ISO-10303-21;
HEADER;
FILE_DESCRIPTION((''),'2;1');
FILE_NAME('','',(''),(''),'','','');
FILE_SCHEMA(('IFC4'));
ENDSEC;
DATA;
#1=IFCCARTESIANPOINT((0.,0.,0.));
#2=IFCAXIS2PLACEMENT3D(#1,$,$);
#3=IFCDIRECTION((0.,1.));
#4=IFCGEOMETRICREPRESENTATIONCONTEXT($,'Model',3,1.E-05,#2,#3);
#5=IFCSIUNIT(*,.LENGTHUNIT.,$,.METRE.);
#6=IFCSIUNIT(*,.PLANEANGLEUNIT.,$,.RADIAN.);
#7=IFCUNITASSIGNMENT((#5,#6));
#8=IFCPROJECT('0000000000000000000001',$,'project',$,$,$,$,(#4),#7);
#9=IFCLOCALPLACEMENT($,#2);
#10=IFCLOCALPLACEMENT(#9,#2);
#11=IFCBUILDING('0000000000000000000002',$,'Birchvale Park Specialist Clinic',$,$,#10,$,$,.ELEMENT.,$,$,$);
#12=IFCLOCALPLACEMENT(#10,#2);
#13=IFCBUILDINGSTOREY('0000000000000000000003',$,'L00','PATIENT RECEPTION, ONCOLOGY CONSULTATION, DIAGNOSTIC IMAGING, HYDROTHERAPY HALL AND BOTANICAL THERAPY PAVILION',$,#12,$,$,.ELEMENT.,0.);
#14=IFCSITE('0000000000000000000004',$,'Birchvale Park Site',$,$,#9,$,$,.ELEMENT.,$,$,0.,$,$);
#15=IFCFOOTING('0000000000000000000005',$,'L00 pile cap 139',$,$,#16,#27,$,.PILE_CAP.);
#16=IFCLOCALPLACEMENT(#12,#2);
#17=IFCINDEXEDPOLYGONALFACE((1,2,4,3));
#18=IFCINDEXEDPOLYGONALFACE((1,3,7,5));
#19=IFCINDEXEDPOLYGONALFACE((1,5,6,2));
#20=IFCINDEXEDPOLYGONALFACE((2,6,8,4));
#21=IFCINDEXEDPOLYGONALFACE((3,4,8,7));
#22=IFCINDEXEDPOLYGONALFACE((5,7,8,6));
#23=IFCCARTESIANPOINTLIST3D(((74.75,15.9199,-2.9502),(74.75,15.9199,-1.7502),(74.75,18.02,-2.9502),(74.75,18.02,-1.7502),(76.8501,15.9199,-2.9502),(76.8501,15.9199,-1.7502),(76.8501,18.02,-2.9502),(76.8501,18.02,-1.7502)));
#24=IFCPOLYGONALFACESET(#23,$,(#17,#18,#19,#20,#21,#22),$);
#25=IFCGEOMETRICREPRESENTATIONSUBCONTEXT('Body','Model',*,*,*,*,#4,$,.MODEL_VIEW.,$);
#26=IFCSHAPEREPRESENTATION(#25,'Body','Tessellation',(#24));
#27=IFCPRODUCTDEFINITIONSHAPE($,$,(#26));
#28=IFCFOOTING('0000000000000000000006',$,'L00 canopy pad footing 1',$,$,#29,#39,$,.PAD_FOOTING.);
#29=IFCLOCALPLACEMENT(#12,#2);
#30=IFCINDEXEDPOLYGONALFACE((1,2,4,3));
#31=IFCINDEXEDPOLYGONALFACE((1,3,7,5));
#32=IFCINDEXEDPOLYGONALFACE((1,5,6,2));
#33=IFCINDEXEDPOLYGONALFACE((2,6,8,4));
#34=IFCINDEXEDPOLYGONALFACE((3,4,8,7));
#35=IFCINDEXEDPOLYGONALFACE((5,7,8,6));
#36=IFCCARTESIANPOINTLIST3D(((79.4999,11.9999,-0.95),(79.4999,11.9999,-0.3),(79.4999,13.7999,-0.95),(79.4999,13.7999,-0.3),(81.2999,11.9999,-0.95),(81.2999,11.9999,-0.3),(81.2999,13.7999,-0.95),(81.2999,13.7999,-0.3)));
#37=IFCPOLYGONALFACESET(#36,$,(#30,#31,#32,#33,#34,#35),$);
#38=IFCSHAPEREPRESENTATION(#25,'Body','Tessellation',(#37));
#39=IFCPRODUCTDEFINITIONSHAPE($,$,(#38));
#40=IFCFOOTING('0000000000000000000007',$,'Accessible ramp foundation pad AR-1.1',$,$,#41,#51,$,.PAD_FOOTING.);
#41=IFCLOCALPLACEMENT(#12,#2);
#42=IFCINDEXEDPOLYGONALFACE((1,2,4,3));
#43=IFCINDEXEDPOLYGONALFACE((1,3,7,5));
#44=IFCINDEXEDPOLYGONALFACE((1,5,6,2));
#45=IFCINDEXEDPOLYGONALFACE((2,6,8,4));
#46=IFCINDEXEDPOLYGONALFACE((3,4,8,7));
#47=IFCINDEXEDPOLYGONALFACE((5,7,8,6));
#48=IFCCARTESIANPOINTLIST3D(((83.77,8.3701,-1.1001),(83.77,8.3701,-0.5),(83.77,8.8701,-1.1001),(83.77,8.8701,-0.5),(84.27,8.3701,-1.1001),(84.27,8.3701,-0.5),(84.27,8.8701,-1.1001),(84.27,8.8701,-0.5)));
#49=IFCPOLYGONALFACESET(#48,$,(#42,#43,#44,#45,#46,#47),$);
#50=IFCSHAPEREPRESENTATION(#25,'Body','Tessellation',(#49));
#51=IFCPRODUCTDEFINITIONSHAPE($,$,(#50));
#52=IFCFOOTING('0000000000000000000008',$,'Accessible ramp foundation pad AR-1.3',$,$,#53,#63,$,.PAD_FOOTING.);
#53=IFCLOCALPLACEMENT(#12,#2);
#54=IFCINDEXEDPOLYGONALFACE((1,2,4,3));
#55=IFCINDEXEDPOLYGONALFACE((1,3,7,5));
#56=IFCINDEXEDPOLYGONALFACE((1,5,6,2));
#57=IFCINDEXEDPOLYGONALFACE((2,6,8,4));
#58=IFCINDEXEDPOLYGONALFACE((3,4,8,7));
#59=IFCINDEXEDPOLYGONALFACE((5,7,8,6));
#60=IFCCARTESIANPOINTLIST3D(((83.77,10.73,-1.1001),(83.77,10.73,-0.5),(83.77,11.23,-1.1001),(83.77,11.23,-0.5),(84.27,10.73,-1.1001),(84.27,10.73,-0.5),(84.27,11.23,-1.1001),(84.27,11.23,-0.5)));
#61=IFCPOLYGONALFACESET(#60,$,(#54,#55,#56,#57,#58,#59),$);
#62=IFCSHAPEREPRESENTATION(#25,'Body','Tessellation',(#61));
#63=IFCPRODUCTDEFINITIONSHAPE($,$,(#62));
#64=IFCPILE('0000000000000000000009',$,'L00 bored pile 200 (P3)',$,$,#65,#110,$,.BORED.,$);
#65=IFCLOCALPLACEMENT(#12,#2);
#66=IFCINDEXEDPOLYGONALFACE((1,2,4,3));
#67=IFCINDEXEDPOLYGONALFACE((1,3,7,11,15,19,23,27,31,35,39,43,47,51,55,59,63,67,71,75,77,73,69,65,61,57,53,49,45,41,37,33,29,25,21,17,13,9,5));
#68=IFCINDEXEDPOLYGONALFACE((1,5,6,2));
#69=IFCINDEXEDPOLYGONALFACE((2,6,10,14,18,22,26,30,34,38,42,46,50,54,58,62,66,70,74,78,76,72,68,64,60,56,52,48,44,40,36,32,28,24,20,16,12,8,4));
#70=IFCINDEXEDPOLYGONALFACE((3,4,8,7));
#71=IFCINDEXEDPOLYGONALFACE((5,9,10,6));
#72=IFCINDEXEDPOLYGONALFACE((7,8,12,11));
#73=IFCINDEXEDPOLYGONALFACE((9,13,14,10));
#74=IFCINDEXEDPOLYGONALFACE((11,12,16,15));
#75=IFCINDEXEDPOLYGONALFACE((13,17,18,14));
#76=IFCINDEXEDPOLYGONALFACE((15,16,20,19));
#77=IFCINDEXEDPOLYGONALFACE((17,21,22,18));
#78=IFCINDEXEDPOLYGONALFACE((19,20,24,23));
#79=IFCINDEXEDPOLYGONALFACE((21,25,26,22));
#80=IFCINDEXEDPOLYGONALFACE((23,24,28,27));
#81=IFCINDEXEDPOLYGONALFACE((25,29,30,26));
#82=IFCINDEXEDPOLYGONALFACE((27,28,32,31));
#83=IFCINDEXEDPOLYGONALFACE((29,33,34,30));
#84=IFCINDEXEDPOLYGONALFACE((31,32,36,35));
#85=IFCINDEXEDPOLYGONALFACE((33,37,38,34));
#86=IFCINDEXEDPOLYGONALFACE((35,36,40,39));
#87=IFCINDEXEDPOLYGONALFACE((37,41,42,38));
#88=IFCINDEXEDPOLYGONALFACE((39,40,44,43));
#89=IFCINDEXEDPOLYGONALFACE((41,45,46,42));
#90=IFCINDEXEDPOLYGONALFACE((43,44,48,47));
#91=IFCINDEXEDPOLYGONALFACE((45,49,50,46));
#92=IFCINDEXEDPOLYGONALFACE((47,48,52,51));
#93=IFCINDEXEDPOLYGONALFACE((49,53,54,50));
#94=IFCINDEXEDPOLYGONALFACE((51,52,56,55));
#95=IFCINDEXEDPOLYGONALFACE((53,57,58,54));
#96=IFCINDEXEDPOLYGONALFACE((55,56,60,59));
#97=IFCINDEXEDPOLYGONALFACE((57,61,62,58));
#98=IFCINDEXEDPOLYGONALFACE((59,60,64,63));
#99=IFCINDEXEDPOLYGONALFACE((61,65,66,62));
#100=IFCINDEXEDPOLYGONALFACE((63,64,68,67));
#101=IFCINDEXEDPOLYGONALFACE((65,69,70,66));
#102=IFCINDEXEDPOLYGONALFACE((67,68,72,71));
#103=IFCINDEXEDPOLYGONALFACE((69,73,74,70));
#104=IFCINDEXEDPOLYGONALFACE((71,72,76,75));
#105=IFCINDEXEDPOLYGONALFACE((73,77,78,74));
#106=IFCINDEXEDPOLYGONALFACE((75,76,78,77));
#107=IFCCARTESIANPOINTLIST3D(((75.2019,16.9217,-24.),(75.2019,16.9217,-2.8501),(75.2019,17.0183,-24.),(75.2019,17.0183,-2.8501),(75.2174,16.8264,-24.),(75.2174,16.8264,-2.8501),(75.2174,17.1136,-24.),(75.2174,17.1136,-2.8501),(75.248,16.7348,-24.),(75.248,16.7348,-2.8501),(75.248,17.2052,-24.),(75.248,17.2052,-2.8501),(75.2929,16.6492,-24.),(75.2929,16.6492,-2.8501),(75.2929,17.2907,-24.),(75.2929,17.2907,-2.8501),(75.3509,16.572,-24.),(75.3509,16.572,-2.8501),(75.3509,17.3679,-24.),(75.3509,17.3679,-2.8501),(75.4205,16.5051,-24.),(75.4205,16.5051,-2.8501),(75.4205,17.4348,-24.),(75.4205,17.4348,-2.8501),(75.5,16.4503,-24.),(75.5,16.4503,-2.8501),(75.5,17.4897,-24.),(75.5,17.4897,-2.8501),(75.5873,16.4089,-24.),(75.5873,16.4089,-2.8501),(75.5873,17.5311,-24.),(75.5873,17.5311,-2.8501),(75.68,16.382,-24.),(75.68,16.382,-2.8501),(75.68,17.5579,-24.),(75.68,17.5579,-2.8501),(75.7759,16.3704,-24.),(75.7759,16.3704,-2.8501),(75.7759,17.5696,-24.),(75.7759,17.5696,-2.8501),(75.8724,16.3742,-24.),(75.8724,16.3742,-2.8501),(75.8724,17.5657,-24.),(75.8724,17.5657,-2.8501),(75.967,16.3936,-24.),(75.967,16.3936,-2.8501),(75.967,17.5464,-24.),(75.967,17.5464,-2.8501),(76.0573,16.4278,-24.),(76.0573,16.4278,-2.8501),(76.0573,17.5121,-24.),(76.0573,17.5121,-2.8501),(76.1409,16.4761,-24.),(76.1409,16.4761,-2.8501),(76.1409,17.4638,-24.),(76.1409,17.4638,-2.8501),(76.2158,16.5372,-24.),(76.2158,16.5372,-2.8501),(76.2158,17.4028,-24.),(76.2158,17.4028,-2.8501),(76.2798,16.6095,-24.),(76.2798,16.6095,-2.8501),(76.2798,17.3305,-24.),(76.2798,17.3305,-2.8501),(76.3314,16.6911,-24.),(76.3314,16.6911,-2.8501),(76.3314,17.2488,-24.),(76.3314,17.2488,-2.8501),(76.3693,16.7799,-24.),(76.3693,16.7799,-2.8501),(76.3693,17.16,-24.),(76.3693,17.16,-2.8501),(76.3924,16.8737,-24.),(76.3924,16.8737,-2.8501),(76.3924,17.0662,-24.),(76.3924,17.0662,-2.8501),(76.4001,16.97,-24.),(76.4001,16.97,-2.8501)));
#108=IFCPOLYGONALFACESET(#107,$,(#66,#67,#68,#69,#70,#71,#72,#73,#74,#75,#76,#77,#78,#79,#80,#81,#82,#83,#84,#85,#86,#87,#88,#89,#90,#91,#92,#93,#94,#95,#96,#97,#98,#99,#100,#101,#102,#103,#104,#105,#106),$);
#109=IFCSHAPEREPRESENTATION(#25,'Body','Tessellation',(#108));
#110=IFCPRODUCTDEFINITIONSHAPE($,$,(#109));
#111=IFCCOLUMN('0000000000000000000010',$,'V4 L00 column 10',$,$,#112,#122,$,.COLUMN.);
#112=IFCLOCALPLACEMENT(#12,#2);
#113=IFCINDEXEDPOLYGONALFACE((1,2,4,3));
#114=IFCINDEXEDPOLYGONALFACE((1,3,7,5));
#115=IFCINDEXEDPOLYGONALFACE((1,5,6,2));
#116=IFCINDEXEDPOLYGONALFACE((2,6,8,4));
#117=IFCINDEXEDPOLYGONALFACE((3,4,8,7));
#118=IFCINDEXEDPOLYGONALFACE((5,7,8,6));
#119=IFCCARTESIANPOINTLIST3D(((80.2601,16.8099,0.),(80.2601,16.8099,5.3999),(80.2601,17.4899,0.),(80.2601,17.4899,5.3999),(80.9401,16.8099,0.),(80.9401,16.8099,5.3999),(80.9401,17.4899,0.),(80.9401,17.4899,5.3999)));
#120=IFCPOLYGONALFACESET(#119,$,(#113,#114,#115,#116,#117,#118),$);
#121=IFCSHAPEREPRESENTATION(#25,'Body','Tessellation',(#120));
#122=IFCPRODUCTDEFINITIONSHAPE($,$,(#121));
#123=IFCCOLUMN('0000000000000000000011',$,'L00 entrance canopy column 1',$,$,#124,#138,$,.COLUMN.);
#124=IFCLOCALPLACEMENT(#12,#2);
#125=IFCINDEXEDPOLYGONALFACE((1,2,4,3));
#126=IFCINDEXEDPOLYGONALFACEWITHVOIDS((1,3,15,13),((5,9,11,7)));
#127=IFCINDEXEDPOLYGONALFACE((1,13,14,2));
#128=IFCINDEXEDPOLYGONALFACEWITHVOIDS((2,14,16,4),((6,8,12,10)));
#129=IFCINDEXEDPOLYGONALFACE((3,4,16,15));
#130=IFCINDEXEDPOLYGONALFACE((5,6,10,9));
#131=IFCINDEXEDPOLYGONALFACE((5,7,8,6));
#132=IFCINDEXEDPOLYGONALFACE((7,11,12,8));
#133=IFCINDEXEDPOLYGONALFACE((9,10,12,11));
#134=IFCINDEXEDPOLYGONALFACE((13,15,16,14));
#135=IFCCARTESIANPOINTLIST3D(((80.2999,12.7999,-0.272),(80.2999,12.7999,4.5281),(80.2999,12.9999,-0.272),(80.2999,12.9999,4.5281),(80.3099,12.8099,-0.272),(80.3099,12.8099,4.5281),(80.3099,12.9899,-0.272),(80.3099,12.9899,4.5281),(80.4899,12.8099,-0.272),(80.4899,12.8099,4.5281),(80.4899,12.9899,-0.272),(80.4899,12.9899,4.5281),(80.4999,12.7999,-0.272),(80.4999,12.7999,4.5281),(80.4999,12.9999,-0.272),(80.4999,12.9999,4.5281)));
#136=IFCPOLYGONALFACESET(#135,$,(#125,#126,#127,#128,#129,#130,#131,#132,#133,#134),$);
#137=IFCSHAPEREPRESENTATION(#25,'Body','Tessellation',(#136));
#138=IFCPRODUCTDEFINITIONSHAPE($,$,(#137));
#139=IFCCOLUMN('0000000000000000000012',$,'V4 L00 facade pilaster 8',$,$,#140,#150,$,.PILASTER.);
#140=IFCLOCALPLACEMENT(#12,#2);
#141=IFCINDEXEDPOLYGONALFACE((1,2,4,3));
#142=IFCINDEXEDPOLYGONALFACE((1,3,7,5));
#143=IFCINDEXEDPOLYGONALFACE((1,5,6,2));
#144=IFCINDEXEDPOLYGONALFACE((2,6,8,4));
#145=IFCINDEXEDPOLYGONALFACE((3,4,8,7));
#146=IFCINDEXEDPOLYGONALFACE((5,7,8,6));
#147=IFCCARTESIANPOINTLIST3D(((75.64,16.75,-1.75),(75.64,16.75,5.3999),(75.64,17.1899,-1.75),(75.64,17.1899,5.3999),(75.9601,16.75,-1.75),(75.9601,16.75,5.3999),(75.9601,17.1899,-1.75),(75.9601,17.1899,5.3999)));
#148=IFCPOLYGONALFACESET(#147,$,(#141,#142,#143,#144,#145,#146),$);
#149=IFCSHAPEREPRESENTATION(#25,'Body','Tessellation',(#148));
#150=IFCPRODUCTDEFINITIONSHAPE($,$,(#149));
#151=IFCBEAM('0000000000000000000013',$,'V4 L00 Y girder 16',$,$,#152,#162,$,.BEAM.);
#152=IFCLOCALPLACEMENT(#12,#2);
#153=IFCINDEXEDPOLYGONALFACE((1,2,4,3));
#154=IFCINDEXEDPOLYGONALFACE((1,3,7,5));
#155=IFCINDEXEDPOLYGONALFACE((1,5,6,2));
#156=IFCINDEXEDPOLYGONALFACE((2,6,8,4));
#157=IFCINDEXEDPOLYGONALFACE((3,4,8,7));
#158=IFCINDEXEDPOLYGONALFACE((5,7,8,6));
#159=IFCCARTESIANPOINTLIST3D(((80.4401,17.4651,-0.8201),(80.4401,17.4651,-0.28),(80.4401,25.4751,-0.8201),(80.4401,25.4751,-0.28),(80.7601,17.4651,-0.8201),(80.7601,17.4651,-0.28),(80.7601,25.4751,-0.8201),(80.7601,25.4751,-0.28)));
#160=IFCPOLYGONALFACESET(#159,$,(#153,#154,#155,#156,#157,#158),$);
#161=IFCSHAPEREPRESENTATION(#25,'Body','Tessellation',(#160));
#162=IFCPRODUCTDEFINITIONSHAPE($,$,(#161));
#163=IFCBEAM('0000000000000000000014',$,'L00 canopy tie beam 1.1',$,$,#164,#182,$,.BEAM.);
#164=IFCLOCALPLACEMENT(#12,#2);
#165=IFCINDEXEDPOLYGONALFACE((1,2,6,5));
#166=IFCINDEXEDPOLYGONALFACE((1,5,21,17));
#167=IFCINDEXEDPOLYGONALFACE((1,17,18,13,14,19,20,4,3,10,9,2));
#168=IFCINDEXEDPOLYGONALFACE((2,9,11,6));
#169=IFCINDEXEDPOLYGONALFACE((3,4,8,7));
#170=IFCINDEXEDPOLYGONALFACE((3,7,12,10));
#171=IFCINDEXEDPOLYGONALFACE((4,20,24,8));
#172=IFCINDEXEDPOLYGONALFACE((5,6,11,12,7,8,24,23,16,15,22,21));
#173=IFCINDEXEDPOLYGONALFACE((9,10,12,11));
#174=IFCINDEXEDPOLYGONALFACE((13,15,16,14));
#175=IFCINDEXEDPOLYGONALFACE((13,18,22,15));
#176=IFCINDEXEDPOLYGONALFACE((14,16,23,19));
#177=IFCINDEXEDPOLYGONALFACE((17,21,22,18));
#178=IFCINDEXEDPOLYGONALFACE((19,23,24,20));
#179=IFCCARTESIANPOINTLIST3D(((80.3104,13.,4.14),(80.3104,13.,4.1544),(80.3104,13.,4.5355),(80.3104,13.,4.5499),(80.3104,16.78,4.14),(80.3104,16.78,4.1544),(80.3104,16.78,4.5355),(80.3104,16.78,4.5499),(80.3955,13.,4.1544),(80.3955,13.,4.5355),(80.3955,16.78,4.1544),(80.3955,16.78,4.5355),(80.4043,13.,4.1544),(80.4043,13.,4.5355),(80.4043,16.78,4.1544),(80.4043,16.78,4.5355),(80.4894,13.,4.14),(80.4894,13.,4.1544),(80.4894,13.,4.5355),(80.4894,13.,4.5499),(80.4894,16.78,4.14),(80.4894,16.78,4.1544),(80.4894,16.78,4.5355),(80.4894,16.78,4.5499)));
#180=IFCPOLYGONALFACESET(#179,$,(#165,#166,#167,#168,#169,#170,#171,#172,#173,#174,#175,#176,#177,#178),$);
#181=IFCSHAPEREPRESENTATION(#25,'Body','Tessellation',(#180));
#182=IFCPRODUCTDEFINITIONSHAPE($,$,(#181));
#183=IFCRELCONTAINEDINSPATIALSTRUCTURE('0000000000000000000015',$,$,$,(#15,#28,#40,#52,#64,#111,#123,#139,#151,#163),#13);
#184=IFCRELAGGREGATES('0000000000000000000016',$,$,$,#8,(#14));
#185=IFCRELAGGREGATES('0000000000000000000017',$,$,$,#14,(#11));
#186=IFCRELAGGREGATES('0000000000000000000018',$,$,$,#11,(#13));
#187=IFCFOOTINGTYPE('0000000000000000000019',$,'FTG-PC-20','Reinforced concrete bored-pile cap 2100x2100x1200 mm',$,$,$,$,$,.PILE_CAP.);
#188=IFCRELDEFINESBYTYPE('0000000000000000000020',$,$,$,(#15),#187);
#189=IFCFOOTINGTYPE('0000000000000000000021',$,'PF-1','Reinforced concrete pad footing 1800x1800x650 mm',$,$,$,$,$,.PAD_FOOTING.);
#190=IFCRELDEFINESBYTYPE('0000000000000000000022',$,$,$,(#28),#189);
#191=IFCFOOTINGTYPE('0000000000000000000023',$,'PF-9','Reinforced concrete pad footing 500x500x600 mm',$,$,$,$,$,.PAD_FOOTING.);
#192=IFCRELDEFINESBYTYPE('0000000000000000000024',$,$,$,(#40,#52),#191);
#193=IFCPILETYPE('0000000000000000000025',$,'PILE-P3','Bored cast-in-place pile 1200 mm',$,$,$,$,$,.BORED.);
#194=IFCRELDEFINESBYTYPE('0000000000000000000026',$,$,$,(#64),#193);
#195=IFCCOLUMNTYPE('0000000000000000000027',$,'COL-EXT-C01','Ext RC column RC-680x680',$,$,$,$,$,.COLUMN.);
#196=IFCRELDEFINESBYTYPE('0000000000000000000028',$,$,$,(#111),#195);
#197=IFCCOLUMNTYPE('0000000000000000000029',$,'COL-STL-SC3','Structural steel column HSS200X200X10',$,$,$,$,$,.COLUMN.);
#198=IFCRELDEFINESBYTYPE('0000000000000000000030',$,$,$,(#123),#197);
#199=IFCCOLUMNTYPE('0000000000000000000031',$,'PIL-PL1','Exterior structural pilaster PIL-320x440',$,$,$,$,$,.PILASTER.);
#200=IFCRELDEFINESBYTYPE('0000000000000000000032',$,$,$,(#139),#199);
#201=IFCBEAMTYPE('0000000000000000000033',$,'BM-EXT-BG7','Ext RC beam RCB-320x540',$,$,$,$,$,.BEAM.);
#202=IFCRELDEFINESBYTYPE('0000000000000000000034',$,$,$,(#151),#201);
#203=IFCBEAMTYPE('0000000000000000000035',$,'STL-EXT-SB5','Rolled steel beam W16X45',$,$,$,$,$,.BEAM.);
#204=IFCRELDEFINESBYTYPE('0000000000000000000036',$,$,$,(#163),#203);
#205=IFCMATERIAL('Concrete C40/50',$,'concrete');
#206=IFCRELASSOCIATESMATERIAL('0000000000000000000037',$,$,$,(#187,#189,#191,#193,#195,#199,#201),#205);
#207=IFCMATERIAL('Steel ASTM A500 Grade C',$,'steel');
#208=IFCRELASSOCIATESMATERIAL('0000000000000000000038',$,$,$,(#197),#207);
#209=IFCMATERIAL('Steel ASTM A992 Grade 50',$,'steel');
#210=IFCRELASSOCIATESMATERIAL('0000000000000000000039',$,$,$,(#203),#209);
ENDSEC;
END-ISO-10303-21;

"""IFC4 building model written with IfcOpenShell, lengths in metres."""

from ifc_helpers import new_model, si_unit, direction, frame, origin, origin_2d, place, context, subcontext, project, spatial, rectangle, hollow_rectangle, circle, i_section, extrude, material, material_profile, profile_set, type_object, element, save


model = new_model("IFC4")

# Units and contexts
model_context = context("Model", 3, precision=1e-05, world=origin(), true_north=direction((0.0, 1.0)))
body_context = subcontext(model_context, "Body", "Model", "MODEL_VIEW")
ifc_project = project(units=[si_unit("LENGTHUNIT", "METRE"), si_unit("PLANEANGLEUNIT", "RADIAN")], contexts=[model_context])

# Site, building, storey
site_placement = place(None, origin())
site = spatial("IfcSite", under=ifc_project, at=site_placement, Name="Birchvale Park Site", CompositionType="ELEMENT", RefElevation=0.0)
building_placement = place(site_placement, origin())
building = spatial("IfcBuilding", under=site, at=building_placement, Name="Birchvale Park Specialist Clinic", CompositionType="ELEMENT")
storey_placement = place(building_placement, origin())
storey = spatial("IfcBuildingStorey", under=building, at=storey_placement, Name="L00", Description="PATIENT RECEPTION, ONCOLOGY CONSULTATION, DIAGNOSTIC IMAGING, HYDROTHERAPY HALL AND BOTANICAL THERAPY PAVILION", CompositionType="ELEMENT", Elevation=0.0)

# Footings
ifc_material_1 = material(Name="Concrete C40/50", Category="concrete")
footing_type_1 = type_object("IfcFootingType", Name="FTG-PC-20", Description="Reinforced concrete bored-pile cap 2100x2100x1200 mm", PredefinedType="PILE_CAP", material=ifc_material_1)
footing_1_placement = place(storey_placement, frame((75.8, 16.97, -2.9502), z_axis=(0.0, 0.0, 1.0), x_axis=(1.0, 0.0, 0.0)))
element("IfcFooting", 1, at=footing_1_placement, inside=storey, type_object=footing_type_1, Name="L00 pile cap 139", PredefinedType="PILE_CAP", context=body_context, shape_type="SweptSolid", body=[
    extrude(rectangle(XDim=2.1001, YDim=2.1001, at=origin_2d()), origin(), (0.0, 0.0, 1.0), 1.2),
])
footing_type_2 = type_object("IfcFootingType", Name="PF-1", Description="Reinforced concrete pad footing 1800x1800x650 mm", PredefinedType="PAD_FOOTING", material=ifc_material_1)
footing_2_placement = place(storey_placement, frame((80.3999, 12.8999, -0.95), z_axis=(0.0, 0.0, 1.0), x_axis=(1.0, 0.0, 0.0)))
element("IfcFooting", 2, at=footing_2_placement, inside=storey, type_object=footing_type_2, Name="L00 canopy pad footing 1", PredefinedType="PAD_FOOTING", context=body_context, shape_type="SweptSolid", body=[
    extrude(rectangle(XDim=1.8, YDim=1.8, at=origin_2d()), origin(), (0.0, 0.0, 1.0), 0.6499),
])
footing_type_3 = type_object("IfcFootingType", Name="PF-9", Description="Reinforced concrete pad footing 500x500x600 mm", PredefinedType="PAD_FOOTING", material=ifc_material_1)
for number, where, z_axis, x_axis, name in (
    (3, (84.02, 8.6201, -1.1001), (0.0, 0.0, 1.0), (1.0, 0.0, 0.0), "Accessible ramp foundation pad AR-1.1"),
    (4, (84.02, 10.98, -1.1001), (0.0, 0.0, 1.0), (1.0, 0.0, 0.0), "Accessible ramp foundation pad AR-1.3"),
):
    element("IfcFooting", number, at=place(storey_placement, frame(where, z_axis=z_axis, x_axis=x_axis)), inside=storey, type_object=footing_type_3, Name=name, PredefinedType="PAD_FOOTING", context=body_context, shape_type="SweptSolid", body=[
        extrude(rectangle(XDim=0.5, YDim=0.5, at=origin_2d()), origin(), (0.0, 0.0, 1.0), 0.6001),
    ])

# Pile
ifc_material_profile_1 = material_profile(ifc_material_1, circle(Radius=0.6001, at=origin_2d()), Name="PILE-1200")
ifc_profile_set_1 = profile_set([ifc_material_profile_1], Name="Concrete C40/50")
pile_type = type_object("IfcPileType", Name="PILE-P3", Description="Bored cast-in-place pile 1200 mm", PredefinedType="BORED", material=ifc_profile_set_1)
pile_placement = place(storey_placement, frame((75.8, 16.97, -2.8501), z_axis=(0.0, 0.0, -1.0), x_axis=(1.0, 0.0, 0.0)))
element("IfcPile", 5, at=pile_placement, inside=storey, type_object=pile_type, Name="L00 bored pile 200 (P3)", PredefinedType="BORED", context=body_context, shape_type="SweptSolid", body=[
    extrude(circle(Radius=0.6001, at=origin_2d()), origin(), (0.0, 0.0, 1.0), 21.1499),
])

# Columns
ifc_material_profile_2 = material_profile(ifc_material_1, rectangle(XDim=0.6799, YDim=0.6799, at=origin_2d()), Name="RC-680x680")
ifc_profile_set_2 = profile_set([ifc_material_profile_2], Name="Concrete C40/50")
column_type_1 = type_object("IfcColumnType", Name="COL-EXT-C01", Description="Ext RC column RC-680x680", PredefinedType="COLUMN", material=ifc_profile_set_2)
column_1_placement = place(storey_placement, frame((80.6001, 17.1499, 0.0), z_axis=(0.0, 0.0, 1.0), x_axis=(1.0, 0.0, 0.0)))
element("IfcColumn", 6, at=column_1_placement, inside=storey, type_object=column_type_1, Name="V4 L00 column 10", PredefinedType="COLUMN", context=body_context, shape_type="SweptSolid", body=[
    extrude(rectangle(XDim=0.6799, YDim=0.6799, at=origin_2d()), origin(), (0.0, 0.0, 1.0), 5.3999),
])
ifc_material_2 = material(Name="Steel ASTM A500 Grade C", Category="steel")
ifc_material_profile_3 = material_profile(ifc_material_2, hollow_rectangle(XDim=0.2, YDim=0.2, WallThickness=0.01, at=origin_2d()), Name="HSS200X200X10")
ifc_profile_set_3 = profile_set([ifc_material_profile_3], Name="Steel ASTM A500 Grade C")
column_type_2 = type_object("IfcColumnType", Name="COL-STL-SC3", Description="Structural steel column HSS200X200X10", PredefinedType="COLUMN", material=ifc_profile_set_3)
column_2_placement = place(storey_placement, frame((80.3999, 12.8999, -0.272), z_axis=(0.0, 0.0, 1.0), x_axis=(1.0, 0.0, 0.0)))
element("IfcColumn", 7, at=column_2_placement, inside=storey, type_object=column_type_2, Name="L00 entrance canopy column 1", PredefinedType="COLUMN", context=body_context, shape_type="SweptSolid", body=[
    extrude(hollow_rectangle(XDim=0.2, YDim=0.2, WallThickness=0.01, at=origin_2d()), origin(), (0.0, 0.0, 1.0), 4.8),
])
ifc_material_profile_4 = material_profile(ifc_material_1, rectangle(XDim=0.3201, YDim=0.4399, at=origin_2d()), Name="PIL-320x440")
ifc_profile_set_4 = profile_set([ifc_material_profile_4], Name="Concrete C40/50")
column_type_3 = type_object("IfcColumnType", Name="PIL-PL1", Description="Exterior structural pilaster PIL-320x440", PredefinedType="PILASTER", material=ifc_profile_set_4)
column_3_placement = place(storey_placement, frame((75.8, 16.97, -1.75), z_axis=(0.0, 0.0, 1.0), x_axis=(1.0, 0.0, 0.0)))
element("IfcColumn", 8, at=column_3_placement, inside=storey, type_object=column_type_3, Name="V4 L00 facade pilaster 8", PredefinedType="PILASTER", context=body_context, shape_type="SweptSolid", body=[
    extrude(rectangle(XDim=0.3201, YDim=0.4399, at=origin_2d()), origin(), (0.0, 0.0, 1.0), 7.1499),
])

# Beams
ifc_material_profile_5 = material_profile(ifc_material_1, rectangle(XDim=0.3201, YDim=0.54, at=origin_2d()), Name="RCB-320x540")
ifc_profile_set_5 = profile_set([ifc_material_profile_5], Name="Concrete C40/50")
beam_type_1 = type_object("IfcBeamType", Name="BM-EXT-BG7", Description="Ext RC beam RCB-320x540", PredefinedType="BEAM", material=ifc_profile_set_5)
beam_1_placement = place(storey_placement, frame((80.6001, 17.4651, -0.55), z_axis=(0.0, 1.0, 0.0), x_axis=(-1.0, 0.0, 0.0)))
element("IfcBeam", 9, at=beam_1_placement, inside=storey, type_object=beam_type_1, Name="V4 L00 Y girder 16", PredefinedType="BEAM", context=body_context, shape_type="SweptSolid", body=[
    extrude(rectangle(XDim=0.3201, YDim=0.54, at=origin_2d()), origin(), (0.0, 0.0, 1.0), 8.01),
])
ifc_material_3 = material(Name="Steel ASTM A992 Grade 50", Category="steel")
ifc_material_profile_6 = material_profile(ifc_material_3, i_section(OverallWidth=0.179, OverallDepth=0.4099, WebThickness=0.0088, FlangeThickness=0.0144, at=origin_2d()), Name="W16X45")
ifc_profile_set_6 = profile_set([ifc_material_profile_6], Name="Steel ASTM A992 Grade 50")
beam_type_2 = type_object("IfcBeamType", Name="STL-EXT-SB5", Description="Rolled steel beam W16X45", PredefinedType="BEAM", material=ifc_profile_set_6)
beam_2_placement = place(storey_placement, frame((80.3999, 13.0, 4.345), z_axis=(0.0, 1.0, 0.0), x_axis=(-1.0, 0.0, 0.0)))
element("IfcBeam", 10, at=beam_2_placement, inside=storey, type_object=beam_type_2, Name="L00 canopy tie beam 1.1", PredefinedType="BEAM", context=body_context, shape_type="SweptSolid", body=[
    extrude(i_section(OverallWidth=0.179, OverallDepth=0.4099, WebThickness=0.0088, FlangeThickness=0.0144, at=origin_2d()), origin(), (0.0, 0.0, 1.0), 3.78),
])

save(model, "model.ifc")
